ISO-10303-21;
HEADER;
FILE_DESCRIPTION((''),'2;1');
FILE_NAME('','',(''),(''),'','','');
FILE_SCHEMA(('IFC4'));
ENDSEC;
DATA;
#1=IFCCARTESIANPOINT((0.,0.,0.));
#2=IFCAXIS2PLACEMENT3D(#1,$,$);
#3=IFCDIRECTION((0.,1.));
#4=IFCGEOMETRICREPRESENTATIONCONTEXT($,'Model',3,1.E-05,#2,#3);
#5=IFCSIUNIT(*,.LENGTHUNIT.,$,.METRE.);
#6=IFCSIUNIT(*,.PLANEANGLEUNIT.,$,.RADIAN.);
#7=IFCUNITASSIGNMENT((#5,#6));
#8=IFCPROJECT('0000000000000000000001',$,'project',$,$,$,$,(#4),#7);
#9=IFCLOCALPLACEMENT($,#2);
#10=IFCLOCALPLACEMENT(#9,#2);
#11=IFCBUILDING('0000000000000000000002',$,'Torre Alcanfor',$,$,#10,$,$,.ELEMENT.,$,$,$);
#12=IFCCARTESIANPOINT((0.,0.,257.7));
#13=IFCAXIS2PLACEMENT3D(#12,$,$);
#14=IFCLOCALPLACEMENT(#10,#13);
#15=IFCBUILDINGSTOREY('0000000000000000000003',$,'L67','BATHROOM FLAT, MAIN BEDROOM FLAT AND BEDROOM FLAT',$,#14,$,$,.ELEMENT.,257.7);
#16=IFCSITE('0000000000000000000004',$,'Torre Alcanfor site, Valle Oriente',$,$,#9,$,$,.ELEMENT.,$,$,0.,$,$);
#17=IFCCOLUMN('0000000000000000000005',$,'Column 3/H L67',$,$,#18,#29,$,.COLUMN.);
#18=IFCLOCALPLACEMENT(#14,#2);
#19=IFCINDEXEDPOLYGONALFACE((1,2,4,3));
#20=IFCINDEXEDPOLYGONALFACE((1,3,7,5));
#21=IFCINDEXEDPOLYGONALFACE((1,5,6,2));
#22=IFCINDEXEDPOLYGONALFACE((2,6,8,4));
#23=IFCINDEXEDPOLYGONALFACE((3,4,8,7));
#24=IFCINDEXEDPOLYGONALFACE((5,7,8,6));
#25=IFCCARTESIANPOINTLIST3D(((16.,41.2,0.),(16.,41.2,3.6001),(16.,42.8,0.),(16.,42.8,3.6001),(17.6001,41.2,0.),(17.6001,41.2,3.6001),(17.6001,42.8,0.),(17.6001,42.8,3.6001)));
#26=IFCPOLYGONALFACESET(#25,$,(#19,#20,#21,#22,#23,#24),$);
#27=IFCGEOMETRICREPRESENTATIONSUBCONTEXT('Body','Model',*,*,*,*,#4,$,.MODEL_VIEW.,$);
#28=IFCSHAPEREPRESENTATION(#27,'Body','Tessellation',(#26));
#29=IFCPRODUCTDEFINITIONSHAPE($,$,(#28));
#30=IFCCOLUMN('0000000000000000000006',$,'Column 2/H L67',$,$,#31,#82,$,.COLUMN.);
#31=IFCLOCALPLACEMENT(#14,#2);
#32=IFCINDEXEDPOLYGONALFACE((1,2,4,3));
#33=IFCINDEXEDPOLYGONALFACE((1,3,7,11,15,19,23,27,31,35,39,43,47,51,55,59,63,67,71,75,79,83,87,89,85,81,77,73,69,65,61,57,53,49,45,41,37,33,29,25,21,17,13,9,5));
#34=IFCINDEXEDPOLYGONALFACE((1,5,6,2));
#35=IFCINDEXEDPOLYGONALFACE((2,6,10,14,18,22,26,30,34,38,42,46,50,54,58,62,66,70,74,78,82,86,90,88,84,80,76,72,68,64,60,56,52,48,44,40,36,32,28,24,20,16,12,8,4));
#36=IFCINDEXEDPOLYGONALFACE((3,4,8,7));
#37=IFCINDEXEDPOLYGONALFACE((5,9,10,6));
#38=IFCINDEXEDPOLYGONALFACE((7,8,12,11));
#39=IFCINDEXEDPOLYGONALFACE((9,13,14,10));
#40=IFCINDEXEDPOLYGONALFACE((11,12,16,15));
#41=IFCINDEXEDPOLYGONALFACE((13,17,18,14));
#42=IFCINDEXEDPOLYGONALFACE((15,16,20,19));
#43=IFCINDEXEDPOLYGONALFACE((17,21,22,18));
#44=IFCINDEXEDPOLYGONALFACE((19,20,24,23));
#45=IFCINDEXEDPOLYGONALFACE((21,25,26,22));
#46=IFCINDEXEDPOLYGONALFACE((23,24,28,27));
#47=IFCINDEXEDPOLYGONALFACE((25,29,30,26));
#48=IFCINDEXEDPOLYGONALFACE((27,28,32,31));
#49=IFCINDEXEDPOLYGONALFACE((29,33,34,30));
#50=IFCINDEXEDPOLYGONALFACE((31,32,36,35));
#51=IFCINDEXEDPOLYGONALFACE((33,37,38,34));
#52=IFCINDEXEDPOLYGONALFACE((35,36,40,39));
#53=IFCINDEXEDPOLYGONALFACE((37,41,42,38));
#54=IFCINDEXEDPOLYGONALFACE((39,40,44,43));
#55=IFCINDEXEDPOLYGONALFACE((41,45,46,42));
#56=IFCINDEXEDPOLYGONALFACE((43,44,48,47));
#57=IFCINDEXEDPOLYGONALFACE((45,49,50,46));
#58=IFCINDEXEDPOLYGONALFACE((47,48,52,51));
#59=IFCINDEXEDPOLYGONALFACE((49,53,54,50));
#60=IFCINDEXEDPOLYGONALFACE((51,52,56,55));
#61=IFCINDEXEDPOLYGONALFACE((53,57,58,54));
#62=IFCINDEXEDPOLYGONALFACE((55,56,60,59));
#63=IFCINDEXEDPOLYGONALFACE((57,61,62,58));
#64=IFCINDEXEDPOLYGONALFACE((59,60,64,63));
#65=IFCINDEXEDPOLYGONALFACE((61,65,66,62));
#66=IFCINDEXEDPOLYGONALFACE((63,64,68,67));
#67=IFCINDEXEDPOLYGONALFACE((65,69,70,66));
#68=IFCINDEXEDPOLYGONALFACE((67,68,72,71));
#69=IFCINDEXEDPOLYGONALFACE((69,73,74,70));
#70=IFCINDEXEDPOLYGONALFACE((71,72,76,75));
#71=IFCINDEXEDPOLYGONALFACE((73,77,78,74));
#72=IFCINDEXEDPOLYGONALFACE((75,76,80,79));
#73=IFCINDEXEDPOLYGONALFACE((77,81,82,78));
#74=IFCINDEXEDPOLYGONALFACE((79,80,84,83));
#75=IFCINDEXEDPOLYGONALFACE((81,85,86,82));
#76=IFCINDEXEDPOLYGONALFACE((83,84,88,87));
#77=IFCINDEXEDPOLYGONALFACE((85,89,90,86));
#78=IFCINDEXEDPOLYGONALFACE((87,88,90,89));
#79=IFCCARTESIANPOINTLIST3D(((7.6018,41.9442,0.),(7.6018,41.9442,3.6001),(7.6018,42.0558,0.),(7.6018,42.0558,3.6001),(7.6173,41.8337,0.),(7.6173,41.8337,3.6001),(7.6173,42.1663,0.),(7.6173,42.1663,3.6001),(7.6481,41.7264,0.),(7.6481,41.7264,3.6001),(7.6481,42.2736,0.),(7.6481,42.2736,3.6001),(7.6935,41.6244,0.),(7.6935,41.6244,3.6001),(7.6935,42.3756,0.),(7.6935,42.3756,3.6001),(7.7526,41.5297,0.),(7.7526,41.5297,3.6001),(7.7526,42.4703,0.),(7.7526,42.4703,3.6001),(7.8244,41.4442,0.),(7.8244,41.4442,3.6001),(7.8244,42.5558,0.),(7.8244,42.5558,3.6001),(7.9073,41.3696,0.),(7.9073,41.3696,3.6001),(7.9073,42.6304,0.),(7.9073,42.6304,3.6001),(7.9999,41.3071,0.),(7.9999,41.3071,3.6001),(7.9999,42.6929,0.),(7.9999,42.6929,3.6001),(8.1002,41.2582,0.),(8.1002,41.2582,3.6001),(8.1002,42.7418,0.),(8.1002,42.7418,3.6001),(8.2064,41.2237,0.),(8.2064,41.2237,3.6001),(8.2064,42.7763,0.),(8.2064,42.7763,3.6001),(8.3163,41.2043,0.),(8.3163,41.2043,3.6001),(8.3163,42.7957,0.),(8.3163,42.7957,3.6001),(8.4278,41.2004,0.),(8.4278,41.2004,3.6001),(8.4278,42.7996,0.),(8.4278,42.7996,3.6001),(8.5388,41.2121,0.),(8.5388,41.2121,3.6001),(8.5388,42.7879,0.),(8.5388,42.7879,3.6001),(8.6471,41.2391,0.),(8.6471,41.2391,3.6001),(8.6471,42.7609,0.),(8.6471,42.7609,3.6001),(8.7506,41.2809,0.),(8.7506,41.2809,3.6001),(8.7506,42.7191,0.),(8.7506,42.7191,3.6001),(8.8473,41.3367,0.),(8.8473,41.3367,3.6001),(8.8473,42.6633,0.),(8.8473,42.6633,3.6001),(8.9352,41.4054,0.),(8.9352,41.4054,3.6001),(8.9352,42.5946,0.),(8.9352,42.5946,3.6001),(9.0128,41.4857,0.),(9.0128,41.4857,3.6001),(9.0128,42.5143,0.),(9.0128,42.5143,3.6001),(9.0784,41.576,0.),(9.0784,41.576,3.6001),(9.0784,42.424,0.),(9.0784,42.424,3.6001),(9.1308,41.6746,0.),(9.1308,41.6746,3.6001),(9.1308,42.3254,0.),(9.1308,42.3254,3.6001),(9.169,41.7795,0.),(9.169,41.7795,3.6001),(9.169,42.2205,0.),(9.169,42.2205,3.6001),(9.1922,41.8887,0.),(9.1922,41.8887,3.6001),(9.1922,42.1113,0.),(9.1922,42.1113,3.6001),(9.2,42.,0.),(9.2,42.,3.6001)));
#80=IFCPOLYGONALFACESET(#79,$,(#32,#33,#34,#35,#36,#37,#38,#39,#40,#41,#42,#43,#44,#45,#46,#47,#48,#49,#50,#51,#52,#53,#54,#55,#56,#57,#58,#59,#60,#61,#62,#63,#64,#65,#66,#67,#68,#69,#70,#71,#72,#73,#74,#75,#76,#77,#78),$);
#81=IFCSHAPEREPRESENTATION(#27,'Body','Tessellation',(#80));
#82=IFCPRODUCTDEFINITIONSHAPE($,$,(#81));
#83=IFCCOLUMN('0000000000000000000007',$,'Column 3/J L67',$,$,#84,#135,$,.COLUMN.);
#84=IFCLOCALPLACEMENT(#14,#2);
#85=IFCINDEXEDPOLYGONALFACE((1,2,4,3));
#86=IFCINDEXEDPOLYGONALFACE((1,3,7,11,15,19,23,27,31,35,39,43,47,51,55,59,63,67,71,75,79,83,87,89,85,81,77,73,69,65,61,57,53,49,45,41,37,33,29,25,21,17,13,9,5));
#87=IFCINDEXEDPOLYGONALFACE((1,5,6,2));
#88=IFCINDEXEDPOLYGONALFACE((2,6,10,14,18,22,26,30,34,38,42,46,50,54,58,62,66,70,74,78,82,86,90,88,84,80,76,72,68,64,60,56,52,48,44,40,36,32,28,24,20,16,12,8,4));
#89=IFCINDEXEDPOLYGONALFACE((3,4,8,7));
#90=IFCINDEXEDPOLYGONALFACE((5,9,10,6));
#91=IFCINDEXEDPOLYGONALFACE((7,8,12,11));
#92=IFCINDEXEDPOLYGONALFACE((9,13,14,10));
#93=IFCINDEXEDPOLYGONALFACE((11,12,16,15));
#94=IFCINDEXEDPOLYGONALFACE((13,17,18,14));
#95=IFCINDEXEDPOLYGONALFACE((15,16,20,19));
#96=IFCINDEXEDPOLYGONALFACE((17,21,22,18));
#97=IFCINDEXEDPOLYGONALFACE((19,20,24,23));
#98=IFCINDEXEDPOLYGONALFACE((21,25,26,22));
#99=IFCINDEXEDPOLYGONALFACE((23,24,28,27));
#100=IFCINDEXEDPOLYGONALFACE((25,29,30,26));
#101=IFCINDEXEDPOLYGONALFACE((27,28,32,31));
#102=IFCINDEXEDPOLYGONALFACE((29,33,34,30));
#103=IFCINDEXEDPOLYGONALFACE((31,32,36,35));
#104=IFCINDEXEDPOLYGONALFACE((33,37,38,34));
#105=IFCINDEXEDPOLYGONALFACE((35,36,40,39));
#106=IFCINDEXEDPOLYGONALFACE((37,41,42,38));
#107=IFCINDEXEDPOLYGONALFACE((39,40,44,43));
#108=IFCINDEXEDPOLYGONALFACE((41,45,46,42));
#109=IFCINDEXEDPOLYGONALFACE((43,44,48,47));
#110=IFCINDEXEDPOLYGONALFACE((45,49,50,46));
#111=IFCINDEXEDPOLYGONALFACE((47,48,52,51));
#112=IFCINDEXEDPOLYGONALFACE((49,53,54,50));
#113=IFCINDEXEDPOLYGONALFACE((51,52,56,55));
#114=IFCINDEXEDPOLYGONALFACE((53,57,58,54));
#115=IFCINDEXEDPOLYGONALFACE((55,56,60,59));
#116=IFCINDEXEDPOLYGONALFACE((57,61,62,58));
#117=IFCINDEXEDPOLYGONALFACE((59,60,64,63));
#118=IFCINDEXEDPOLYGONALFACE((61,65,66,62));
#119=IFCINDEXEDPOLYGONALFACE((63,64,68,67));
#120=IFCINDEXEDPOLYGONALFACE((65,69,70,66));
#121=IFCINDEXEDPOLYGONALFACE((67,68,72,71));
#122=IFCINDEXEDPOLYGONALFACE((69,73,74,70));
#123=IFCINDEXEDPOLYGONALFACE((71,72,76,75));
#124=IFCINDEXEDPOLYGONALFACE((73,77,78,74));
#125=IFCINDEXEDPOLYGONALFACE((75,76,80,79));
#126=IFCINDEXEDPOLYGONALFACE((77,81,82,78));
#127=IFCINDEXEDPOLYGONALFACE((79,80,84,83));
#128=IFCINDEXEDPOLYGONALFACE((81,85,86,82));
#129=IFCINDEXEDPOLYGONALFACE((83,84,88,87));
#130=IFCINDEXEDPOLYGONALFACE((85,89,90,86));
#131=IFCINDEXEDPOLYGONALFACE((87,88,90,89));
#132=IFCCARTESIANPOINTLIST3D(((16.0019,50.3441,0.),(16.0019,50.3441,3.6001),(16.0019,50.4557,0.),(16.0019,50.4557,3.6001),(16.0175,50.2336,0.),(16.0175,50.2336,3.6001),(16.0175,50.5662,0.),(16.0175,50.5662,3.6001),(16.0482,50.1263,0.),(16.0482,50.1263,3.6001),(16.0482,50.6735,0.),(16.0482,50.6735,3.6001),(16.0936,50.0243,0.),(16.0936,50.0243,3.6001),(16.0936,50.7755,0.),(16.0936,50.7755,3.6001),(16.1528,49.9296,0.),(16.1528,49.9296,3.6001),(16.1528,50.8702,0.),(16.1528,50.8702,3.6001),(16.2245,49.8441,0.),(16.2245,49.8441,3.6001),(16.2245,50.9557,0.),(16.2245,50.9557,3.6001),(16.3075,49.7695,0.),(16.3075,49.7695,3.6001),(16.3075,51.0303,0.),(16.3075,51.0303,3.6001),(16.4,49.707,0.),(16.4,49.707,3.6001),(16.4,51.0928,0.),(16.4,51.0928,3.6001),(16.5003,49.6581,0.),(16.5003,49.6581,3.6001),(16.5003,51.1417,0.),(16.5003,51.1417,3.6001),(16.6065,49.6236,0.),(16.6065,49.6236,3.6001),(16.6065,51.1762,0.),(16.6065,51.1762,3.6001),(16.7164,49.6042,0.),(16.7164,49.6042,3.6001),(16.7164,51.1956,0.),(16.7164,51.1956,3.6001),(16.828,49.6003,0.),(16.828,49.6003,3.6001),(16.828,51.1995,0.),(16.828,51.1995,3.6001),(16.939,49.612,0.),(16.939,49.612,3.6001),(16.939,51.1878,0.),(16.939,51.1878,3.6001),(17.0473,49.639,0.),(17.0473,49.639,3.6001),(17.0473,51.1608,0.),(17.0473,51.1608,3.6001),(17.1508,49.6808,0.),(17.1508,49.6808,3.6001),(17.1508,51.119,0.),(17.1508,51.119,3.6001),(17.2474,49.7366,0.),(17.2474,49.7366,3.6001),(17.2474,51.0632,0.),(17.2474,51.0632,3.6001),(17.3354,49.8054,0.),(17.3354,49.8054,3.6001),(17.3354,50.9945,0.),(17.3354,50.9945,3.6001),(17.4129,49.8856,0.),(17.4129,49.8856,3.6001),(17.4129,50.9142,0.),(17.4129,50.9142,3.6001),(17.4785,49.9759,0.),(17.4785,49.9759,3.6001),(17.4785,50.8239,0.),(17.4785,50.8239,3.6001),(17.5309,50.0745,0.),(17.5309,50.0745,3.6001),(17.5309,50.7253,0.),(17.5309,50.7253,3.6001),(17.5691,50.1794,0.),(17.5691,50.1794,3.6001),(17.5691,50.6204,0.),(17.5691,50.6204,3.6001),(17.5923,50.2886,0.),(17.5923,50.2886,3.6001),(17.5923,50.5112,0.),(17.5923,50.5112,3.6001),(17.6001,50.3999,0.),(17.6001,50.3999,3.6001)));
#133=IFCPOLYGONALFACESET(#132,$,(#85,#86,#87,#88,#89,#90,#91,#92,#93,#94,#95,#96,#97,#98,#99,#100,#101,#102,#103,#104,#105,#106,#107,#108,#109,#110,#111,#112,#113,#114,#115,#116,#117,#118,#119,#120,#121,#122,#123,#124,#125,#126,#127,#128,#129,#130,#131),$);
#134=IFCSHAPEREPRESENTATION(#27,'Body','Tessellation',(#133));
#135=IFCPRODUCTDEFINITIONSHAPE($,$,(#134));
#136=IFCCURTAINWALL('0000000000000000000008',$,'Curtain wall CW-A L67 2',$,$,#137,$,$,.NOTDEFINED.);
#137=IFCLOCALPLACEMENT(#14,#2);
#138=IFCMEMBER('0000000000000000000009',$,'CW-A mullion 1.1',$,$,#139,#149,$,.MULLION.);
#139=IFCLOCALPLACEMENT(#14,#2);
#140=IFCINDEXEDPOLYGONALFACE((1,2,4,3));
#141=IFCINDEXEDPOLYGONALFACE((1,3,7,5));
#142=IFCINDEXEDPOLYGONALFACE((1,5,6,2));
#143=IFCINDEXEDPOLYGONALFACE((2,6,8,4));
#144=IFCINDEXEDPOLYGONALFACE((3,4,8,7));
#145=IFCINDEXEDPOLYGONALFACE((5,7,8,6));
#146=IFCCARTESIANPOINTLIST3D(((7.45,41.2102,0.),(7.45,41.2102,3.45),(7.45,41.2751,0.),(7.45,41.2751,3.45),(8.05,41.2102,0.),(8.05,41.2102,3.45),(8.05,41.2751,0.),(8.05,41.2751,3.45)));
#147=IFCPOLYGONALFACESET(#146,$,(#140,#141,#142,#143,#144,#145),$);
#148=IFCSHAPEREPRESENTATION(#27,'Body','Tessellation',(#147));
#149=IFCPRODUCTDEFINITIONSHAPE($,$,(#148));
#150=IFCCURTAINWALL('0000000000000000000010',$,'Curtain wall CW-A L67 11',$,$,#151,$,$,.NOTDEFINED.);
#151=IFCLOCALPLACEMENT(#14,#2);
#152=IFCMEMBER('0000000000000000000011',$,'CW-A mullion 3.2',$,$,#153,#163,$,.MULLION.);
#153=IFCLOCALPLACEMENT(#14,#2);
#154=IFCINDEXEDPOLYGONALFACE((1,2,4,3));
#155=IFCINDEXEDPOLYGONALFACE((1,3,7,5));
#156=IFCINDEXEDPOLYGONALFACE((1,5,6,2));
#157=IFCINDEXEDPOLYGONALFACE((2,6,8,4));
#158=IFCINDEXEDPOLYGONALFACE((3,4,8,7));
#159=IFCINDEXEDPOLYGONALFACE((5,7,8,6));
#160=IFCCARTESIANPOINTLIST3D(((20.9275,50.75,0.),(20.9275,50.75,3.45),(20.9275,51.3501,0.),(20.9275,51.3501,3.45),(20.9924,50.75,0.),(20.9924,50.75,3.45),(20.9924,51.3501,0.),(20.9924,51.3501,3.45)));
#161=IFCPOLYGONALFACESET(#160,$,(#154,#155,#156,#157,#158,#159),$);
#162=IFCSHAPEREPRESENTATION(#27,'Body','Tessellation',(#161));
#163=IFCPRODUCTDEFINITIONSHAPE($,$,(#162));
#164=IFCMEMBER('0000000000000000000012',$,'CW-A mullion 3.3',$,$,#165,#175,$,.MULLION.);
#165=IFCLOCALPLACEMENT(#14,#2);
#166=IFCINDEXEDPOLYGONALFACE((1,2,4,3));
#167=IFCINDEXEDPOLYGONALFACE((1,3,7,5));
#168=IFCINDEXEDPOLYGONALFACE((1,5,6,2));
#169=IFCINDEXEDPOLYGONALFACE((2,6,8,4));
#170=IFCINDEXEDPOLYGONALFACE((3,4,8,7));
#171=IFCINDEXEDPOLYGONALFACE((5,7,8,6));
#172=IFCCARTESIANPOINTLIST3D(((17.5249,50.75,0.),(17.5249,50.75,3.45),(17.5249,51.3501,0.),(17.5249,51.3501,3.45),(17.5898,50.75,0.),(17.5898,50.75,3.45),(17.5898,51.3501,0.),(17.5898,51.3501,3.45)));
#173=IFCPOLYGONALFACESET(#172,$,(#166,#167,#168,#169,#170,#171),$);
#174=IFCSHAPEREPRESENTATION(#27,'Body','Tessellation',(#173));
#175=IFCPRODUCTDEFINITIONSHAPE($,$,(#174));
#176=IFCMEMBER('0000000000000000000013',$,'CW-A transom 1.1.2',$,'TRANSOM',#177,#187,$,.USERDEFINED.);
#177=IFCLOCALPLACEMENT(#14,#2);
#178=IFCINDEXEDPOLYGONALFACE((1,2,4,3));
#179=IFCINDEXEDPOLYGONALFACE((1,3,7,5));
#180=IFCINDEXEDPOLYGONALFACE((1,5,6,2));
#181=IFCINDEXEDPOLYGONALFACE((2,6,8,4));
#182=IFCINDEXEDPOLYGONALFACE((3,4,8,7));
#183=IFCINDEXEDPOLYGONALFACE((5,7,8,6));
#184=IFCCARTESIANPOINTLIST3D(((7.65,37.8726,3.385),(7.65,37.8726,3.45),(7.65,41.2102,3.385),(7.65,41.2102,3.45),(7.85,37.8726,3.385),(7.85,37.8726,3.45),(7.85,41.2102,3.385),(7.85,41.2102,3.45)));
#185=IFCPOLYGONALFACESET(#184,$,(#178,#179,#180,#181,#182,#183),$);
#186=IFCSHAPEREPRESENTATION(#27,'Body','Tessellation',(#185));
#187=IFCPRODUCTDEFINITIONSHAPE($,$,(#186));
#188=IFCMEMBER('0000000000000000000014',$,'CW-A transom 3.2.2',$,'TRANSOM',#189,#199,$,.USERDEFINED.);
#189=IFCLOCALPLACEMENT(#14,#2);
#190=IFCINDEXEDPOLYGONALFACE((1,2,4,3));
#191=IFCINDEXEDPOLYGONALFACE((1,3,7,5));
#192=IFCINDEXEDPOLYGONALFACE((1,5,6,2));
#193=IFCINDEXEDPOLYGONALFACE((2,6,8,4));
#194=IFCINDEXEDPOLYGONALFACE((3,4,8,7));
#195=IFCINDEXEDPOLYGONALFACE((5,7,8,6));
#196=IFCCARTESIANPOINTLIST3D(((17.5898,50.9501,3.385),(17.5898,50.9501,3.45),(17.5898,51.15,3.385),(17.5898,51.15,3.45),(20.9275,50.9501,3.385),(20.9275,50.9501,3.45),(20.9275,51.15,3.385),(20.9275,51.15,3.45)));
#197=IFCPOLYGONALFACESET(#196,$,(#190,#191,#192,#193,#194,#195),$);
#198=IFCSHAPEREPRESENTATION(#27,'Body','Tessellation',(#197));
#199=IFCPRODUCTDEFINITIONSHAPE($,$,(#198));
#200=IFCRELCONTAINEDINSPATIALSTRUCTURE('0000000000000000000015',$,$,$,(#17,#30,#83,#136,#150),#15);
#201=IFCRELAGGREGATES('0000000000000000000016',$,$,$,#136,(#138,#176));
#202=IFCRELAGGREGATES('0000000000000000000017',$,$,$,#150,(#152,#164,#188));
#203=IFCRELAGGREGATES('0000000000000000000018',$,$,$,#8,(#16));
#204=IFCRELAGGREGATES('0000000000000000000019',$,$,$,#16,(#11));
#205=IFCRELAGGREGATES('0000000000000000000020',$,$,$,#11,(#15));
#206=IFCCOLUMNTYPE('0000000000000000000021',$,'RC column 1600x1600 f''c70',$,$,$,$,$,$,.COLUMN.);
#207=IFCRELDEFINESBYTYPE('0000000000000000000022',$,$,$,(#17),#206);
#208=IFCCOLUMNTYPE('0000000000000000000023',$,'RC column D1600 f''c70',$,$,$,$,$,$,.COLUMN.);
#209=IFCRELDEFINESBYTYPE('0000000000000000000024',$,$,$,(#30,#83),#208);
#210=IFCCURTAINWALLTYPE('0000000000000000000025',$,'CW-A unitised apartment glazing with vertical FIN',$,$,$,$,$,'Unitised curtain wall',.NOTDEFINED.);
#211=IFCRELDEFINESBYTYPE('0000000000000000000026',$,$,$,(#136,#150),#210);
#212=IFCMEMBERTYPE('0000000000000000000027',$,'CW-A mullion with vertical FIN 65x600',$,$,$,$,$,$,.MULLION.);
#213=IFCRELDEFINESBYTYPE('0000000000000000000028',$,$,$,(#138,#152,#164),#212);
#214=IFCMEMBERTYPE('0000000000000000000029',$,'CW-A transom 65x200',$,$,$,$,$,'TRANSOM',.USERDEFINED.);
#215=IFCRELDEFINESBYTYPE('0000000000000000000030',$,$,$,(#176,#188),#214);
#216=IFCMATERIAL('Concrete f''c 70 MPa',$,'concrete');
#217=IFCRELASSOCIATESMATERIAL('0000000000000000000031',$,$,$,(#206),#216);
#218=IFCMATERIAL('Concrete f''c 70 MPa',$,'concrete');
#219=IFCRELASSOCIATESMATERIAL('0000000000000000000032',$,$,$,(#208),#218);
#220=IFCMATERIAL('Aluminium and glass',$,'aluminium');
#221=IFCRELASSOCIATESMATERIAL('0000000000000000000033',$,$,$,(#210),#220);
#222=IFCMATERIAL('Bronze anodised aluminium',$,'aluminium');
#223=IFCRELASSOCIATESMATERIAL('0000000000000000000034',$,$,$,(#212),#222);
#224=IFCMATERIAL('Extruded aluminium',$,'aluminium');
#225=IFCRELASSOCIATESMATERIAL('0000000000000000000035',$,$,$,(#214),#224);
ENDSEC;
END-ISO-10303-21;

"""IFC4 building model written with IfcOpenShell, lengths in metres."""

from ifc_helpers import new_model, si_unit, direction, frame, origin, origin_2d, place, context, subcontext, project, spatial, rectangle, circle, extrude, material, material_profile, profile_set, type_object, element, aggregate, save


model = new_model("IFC4")

# Units and contexts
model_context = context("Model", 3, precision=1e-05, world=origin(), true_north=direction((0.0, 1.0)))
body_context = subcontext(model_context, "Body", "Model", "MODEL_VIEW")
ifc_project = project(units=[si_unit("LENGTHUNIT", "METRE"), si_unit("PLANEANGLEUNIT", "RADIAN")], contexts=[model_context])

# Site, building, storey
site_placement = place(None, origin())
site = spatial("IfcSite", under=ifc_project, at=site_placement, Name="Torre Alcanfor site, Valle Oriente", CompositionType="ELEMENT", RefElevation=0.0)
building_placement = place(site_placement, origin())
building = spatial("IfcBuilding", under=site, at=building_placement, Name="Torre Alcanfor", CompositionType="ELEMENT")
storey_placement = place(building_placement, frame((0.0, 0.0, 257.7)))
storey = spatial("IfcBuildingStorey", under=building, at=storey_placement, Name="L67", Description="BATHROOM FLAT, MAIN BEDROOM FLAT AND BEDROOM FLAT", CompositionType="ELEMENT", Elevation=257.7)

# Columns
ifc_material_1 = material(Name="Concrete f'c 70 MPa", Category="concrete")
ifc_material_profile_1 = material_profile(ifc_material_1, rectangle(XDim=1.6001, YDim=1.6001, at=origin_2d()), Name="1600x1600")
ifc_profile_set_1 = profile_set([ifc_material_profile_1], Name="Concrete f'c 70 MPa")
column_type_1 = type_object("IfcColumnType", Name="RC column 1600x1600 f'c70", PredefinedType="COLUMN", material=ifc_profile_set_1)
column_placement = place(storey_placement, frame((16.8, 42.0, 0.0), z_axis=(0.0, 0.0, 1.0), x_axis=(1.0, 0.0, 0.0)))
element("IfcColumn", 1, at=column_placement, inside=storey, type_object=column_type_1, Name="Column 3/H L67", PredefinedType="COLUMN", context=body_context, shape_type="SweptSolid", body=[
    extrude(rectangle(XDim=1.6001, YDim=1.6001, at=origin_2d()), origin(), (0.0, 0.0, 1.0), 3.6001),
])
ifc_material_2 = material(Name="Concrete f'c 70 MPa", Category="concrete")
ifc_material_profile_2 = material_profile(ifc_material_2, circle(Radius=0.8, at=origin_2d()), Name="D1600")
ifc_profile_set_2 = profile_set([ifc_material_profile_2], Name="Concrete f'c 70 MPa")
column_type_2 = type_object("IfcColumnType", Name="RC column D1600 f'c70", PredefinedType="COLUMN", material=ifc_profile_set_2)
for number, where, z_axis, x_axis, name in (
    (2, (8.3999, 42.0, 0.0), (0.0, 0.0, 1.0), (1.0, 0.0, 0.0), "Column 2/H L67"),
    (3, (16.8, 50.3999, 0.0), (0.0, 0.0, 1.0), (1.0, 0.0, 0.0), "Column 3/J L67"),
):
    element("IfcColumn", number, at=place(storey_placement, frame(where, z_axis=z_axis, x_axis=x_axis)), inside=storey, type_object=column_type_2, Name=name, PredefinedType="COLUMN", context=body_context, shape_type="SweptSolid", body=[
        extrude(circle(Radius=0.8, at=origin_2d()), origin(), (0.0, 0.0, 1.0), 3.6001),
    ])

# Curtain wall, member
ifc_material_3 = material(Name="Aluminium and glass", Category="aluminium")
curtain_wall_type = type_object("IfcCurtainWallType", Name="CW-A unitised apartment glazing with vertical FIN", ElementType="Unitised curtain wall", PredefinedType="NOTDEFINED", material=ifc_material_3)
curtain_wall_1_placement = place(storey_placement, origin())
curtain_wall_1 = element("IfcCurtainWall", 4, at=curtain_wall_1_placement, inside=storey, type_object=curtain_wall_type, Name="Curtain wall CW-A L67 2", PredefinedType="NOTDEFINED")
ifc_material_4 = material(Name="Bronze anodised aluminium", Category="aluminium")
ifc_material_profile_3 = material_profile(ifc_material_4, rectangle(XDim=0.6001, YDim=0.0649, at=origin_2d()), Name="CW-A mullion 65x600")
ifc_profile_set_3 = profile_set([ifc_material_profile_3], Name="Bronze anodised aluminium")
member_type_1 = type_object("IfcMemberType", Name="CW-A mullion with vertical FIN 65x600", PredefinedType="MULLION", material=ifc_profile_set_3)
member_1_placement = place(storey_placement, frame((7.75, 41.2427, 0.0), z_axis=(0.0, 0.0, 1.0), x_axis=(1.0, 0.0, 0.0)))
member_1 = element("IfcMember", 5, at=member_1_placement, type_object=member_type_1, Name="CW-A mullion 1.1", PredefinedType="MULLION", context=body_context, shape_type="SweptSolid", body=[
    extrude(rectangle(XDim=0.6001, YDim=0.0649, at=origin_2d()), origin(), (0.0, 0.0, 1.0), 3.45),
])

# Curtain wall, members
curtain_wall_2_placement = place(storey_placement, origin())
curtain_wall_2 = element("IfcCurtainWall", 6, at=curtain_wall_2_placement, inside=storey, type_object=curtain_wall_type, Name="Curtain wall CW-A L67 11", PredefinedType="NOTDEFINED")
member_2_placement = place(storey_placement, frame((20.96, 51.05, 0.0), z_axis=(0.0, 0.0, 1.0), x_axis=(0.0, -1.0, 0.0)))
member_2 = element("IfcMember", 7, at=member_2_placement, type_object=member_type_1, Name="CW-A mullion 3.2", PredefinedType="MULLION", context=body_context, shape_type="SweptSolid", body=[
    extrude(rectangle(XDim=0.6001, YDim=0.0649, at=origin_2d()), origin(), (0.0, 0.0, 1.0), 3.45),
])
member_3_placement = place(storey_placement, frame((17.5574, 51.05, 0.0), z_axis=(0.0, 0.0, 1.0), x_axis=(0.0, -1.0, 0.0)))
member_3 = element("IfcMember", 8, at=member_3_placement, type_object=member_type_1, Name="CW-A mullion 3.3", PredefinedType="MULLION", context=body_context, shape_type="SweptSolid", body=[
    extrude(rectangle(XDim=0.6001, YDim=0.0649, at=origin_2d()), origin(), (0.0, 0.0, 1.0), 3.45),
])

# Members
ifc_material_5 = material(Name="Extruded aluminium", Category="aluminium")
ifc_material_profile_4 = material_profile(ifc_material_5, rectangle(XDim=0.2, YDim=0.0649, at=origin_2d()), Name="CW-A transom 200x65")
ifc_profile_set_4 = profile_set([ifc_material_profile_4], Name="Extruded aluminium")
member_type_2 = type_object("IfcMemberType", Name="CW-A transom 65x200", ElementType="TRANSOM", PredefinedType="USERDEFINED", material=ifc_profile_set_4)
member_4_placement = place(storey_placement, frame((7.75, 41.2102, 3.4175), z_axis=(0.0, -1.0, 0.0), x_axis=(1.0, 0.0, 0.0)))
member_4 = element("IfcMember", 9, at=member_4_placement, type_object=member_type_2, Name="CW-A transom 1.1.2", ObjectType="TRANSOM", PredefinedType="USERDEFINED", context=body_context, shape_type="SweptSolid", body=[
    extrude(rectangle(XDim=0.2, YDim=0.0649, at=origin_2d()), origin(), (0.0, 0.0, 1.0), 3.3376),
])
member_5_placement = place(storey_placement, frame((20.9275, 51.05, 3.4175), z_axis=(-1.0, 0.0, 0.0), x_axis=(0.0, -1.0, 0.0)))
member_5 = element("IfcMember", 10, at=member_5_placement, type_object=member_type_2, Name="CW-A transom 3.2.2", ObjectType="TRANSOM", PredefinedType="USERDEFINED", context=body_context, shape_type="SweptSolid", body=[
    extrude(rectangle(XDim=0.2, YDim=0.0649, at=origin_2d()), origin(), (0.0, 0.0, 1.0), 3.3376),
])

aggregate(curtain_wall_1, [member_1, member_4])
aggregate(curtain_wall_2, [member_2, member_3, member_5])

save(model, "model.ifc")
